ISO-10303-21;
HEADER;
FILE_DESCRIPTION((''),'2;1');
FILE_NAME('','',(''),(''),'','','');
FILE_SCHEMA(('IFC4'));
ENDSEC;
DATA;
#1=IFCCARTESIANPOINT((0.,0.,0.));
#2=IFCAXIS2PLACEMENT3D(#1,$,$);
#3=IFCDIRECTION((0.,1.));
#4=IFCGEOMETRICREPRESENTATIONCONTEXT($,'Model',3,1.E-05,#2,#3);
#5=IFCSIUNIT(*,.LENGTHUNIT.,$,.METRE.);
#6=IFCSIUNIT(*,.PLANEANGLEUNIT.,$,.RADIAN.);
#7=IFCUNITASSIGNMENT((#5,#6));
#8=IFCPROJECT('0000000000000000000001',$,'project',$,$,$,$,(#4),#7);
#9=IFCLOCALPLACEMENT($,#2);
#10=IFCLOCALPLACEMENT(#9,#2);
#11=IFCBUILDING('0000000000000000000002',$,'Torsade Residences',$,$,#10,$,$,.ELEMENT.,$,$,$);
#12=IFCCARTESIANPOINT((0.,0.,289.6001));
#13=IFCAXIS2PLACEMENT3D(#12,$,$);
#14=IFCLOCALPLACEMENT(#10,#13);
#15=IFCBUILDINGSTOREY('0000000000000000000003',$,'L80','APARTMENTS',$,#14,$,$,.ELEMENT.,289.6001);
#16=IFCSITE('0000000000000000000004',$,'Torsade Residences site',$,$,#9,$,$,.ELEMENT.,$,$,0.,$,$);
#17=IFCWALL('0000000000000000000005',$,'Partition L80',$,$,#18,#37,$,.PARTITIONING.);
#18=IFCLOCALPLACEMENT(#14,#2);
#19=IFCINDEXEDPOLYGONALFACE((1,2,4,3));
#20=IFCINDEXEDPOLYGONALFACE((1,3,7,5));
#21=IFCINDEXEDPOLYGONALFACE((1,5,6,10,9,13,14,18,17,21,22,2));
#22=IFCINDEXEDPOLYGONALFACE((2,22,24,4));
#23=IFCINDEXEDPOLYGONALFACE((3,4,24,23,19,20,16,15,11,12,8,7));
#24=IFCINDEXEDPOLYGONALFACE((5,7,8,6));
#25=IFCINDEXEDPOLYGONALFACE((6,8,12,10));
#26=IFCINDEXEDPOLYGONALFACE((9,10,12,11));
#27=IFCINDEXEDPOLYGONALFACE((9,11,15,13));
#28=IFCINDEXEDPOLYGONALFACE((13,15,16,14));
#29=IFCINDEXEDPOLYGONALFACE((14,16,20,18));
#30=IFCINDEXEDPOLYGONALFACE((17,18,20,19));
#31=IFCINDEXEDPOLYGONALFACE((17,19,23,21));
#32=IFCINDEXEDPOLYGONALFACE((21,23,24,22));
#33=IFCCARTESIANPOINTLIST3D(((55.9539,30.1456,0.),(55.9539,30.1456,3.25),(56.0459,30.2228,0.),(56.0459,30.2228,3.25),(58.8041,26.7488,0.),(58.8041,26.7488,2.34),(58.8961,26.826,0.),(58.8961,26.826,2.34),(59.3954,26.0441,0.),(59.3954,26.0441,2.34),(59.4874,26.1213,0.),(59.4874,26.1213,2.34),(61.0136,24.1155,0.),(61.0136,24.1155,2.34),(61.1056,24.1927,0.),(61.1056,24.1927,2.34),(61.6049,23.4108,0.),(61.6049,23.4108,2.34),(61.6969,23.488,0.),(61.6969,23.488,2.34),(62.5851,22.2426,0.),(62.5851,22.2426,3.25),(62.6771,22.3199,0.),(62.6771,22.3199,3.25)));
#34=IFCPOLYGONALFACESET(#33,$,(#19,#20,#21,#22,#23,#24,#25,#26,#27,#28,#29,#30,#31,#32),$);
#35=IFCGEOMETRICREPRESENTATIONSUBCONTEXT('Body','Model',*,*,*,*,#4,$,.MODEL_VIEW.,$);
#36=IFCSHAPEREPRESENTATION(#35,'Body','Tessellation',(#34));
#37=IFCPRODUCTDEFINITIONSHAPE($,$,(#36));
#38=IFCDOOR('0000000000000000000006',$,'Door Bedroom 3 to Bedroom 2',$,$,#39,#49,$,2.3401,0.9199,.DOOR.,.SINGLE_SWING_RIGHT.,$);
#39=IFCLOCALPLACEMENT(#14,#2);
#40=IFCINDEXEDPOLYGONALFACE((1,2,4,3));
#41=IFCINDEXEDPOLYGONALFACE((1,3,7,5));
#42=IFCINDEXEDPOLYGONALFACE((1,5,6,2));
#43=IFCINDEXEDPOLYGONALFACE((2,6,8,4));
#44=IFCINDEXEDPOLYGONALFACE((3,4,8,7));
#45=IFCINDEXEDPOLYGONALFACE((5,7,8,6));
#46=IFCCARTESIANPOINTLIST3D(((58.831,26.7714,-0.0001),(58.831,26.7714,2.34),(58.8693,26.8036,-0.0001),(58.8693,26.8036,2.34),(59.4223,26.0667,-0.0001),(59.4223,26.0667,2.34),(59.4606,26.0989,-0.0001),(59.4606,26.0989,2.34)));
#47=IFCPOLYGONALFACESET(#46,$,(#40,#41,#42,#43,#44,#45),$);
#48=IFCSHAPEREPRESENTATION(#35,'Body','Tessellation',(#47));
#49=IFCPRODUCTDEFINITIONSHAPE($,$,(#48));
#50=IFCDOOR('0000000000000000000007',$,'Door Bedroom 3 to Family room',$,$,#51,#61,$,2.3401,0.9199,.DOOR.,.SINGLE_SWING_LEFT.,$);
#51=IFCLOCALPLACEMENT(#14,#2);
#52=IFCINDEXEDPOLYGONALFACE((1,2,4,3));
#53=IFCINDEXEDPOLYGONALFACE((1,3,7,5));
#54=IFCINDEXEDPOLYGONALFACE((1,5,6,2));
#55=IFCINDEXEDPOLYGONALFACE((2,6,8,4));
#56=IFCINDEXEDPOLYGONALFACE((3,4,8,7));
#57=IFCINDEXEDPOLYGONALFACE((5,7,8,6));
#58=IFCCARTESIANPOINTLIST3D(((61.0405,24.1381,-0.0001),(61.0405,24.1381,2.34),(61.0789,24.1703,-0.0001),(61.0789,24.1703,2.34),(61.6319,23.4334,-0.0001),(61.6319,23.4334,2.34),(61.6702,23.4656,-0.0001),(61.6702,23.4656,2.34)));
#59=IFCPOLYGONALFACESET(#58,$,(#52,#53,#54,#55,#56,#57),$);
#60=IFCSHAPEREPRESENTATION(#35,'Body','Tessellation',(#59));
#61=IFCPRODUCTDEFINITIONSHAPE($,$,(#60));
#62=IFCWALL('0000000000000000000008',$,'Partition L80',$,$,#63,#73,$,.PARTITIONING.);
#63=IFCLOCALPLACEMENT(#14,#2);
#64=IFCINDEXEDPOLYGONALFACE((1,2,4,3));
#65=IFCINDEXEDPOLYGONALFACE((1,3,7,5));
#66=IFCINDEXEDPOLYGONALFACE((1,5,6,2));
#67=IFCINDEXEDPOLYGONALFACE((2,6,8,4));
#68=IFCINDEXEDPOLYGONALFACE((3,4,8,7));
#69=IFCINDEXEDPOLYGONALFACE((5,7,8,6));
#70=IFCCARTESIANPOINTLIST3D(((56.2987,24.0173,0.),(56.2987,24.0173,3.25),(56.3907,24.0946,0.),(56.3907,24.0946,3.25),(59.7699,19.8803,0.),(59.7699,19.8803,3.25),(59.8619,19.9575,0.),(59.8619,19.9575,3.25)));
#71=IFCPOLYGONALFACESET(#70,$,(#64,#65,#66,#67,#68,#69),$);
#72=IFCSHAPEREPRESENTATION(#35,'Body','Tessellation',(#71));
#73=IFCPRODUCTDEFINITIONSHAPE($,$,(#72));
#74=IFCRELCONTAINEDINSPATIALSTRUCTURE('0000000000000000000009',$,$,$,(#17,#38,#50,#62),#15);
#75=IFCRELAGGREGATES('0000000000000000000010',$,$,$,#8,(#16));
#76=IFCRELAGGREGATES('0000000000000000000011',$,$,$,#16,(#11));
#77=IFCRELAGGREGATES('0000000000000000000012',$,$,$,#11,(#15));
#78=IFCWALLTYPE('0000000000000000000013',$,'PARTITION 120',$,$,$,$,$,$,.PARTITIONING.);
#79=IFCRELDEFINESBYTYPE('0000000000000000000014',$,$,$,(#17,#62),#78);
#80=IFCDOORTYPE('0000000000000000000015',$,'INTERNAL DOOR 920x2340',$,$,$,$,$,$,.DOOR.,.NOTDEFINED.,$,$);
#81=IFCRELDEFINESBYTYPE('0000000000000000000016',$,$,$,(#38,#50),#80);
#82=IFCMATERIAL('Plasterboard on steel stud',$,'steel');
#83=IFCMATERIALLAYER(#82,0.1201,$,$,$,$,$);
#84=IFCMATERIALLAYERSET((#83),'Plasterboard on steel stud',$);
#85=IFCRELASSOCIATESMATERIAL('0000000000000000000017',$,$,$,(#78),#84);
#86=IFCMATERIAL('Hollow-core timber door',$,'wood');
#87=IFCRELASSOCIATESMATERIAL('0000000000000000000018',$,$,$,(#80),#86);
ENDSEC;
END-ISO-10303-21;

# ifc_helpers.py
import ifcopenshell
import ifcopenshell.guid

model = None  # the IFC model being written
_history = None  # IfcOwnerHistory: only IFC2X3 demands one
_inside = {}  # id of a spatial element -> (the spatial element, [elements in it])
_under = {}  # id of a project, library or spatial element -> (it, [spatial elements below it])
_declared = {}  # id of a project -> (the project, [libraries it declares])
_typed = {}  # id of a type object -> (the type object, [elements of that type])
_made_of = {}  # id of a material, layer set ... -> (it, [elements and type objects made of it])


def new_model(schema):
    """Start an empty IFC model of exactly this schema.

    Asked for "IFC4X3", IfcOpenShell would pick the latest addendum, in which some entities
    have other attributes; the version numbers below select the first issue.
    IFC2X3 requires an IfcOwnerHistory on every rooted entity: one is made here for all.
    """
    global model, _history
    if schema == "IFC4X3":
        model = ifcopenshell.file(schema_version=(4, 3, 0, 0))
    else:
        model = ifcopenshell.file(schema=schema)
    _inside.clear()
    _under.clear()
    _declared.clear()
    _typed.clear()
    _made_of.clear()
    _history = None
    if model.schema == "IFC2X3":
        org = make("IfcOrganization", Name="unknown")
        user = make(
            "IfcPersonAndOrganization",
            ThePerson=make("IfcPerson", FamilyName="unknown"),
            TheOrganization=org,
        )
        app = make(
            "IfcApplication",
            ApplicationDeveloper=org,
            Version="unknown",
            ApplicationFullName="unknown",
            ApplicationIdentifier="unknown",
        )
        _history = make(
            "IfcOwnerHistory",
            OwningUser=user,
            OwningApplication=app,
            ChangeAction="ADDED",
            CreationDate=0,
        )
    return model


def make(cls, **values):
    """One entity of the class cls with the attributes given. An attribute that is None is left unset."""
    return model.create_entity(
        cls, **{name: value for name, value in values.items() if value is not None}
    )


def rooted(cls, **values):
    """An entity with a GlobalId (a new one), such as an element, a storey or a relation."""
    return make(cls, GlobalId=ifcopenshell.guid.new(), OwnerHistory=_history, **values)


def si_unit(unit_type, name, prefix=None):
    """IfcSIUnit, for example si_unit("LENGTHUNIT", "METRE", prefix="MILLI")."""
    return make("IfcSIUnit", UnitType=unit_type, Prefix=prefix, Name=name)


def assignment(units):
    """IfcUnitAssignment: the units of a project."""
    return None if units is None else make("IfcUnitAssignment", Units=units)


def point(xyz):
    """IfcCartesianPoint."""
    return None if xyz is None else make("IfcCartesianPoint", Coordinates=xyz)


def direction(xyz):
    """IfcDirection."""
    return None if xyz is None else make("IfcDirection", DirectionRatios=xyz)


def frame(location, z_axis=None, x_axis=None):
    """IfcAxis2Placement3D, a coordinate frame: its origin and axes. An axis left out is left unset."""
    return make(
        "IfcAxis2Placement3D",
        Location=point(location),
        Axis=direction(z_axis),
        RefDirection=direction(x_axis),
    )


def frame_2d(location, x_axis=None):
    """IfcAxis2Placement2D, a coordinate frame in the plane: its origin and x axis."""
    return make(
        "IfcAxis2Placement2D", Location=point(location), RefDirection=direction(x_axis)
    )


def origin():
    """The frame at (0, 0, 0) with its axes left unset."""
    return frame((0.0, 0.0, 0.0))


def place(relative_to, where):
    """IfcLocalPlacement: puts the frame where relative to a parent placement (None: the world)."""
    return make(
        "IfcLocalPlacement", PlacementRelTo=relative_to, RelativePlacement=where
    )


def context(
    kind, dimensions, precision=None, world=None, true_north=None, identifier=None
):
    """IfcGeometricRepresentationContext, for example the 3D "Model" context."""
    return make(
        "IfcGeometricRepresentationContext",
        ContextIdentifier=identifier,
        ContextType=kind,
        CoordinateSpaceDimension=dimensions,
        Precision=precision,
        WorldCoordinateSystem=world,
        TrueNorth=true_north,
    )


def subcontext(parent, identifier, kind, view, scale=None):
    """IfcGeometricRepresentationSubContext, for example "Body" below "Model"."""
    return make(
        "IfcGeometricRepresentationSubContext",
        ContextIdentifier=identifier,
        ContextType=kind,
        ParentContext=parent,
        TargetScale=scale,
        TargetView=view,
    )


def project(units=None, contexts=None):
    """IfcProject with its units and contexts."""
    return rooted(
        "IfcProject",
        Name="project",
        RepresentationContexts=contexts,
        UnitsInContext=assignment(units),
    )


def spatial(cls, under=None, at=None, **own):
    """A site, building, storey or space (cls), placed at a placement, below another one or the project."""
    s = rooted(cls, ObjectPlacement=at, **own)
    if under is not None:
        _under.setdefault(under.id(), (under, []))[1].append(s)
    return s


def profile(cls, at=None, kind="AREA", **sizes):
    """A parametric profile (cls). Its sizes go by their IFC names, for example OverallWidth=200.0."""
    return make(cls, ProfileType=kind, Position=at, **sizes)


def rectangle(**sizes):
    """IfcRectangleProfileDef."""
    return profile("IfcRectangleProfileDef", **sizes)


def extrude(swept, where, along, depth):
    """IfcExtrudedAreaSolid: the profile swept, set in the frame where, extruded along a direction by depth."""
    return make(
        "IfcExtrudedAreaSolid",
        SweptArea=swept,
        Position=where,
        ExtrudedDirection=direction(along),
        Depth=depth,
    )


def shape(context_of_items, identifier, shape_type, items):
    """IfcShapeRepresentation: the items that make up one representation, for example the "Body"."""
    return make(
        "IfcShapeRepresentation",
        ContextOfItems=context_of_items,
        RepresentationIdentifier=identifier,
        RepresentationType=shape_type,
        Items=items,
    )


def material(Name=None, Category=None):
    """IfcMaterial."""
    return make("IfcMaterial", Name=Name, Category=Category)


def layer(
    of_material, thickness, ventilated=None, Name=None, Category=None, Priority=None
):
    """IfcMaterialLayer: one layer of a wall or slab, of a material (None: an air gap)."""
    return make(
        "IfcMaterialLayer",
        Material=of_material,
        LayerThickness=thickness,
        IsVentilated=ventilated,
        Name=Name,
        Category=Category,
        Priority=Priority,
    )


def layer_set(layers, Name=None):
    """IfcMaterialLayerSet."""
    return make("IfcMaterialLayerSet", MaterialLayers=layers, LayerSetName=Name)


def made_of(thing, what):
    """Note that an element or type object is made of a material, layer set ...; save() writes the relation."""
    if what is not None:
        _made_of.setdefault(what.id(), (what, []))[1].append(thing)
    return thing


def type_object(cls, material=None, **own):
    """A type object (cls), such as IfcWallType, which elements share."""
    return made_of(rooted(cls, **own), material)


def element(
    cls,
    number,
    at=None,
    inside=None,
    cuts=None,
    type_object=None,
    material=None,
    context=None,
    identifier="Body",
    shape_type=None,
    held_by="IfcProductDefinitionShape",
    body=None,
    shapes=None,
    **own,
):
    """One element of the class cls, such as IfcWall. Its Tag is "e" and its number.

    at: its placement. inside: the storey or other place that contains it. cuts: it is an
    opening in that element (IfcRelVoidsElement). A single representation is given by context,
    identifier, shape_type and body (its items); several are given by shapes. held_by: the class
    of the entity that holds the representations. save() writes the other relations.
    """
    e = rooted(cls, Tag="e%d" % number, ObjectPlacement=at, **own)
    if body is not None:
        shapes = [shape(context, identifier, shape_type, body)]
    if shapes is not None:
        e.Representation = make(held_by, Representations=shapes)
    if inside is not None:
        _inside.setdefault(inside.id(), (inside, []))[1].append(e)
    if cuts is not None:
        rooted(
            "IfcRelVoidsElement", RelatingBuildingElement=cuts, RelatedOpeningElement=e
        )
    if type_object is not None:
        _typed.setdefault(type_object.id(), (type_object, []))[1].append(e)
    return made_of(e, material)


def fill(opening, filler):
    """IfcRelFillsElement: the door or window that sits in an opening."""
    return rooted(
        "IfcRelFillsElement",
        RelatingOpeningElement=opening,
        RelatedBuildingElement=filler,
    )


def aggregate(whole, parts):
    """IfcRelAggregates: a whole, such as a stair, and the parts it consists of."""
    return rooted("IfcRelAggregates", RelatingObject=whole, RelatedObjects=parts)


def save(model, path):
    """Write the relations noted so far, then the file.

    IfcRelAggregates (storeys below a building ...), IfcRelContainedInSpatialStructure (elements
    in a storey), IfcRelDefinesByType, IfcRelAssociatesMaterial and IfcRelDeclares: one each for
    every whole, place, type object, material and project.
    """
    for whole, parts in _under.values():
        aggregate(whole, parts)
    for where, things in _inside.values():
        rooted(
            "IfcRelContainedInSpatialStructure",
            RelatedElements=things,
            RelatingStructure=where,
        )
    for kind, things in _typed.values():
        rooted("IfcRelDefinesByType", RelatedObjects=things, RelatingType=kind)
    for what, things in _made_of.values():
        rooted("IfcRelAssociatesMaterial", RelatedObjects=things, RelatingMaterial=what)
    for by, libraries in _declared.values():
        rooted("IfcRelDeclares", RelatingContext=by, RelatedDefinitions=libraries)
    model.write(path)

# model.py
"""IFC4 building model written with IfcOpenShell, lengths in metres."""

from ifc_helpers import new_model, si_unit, direction, frame, frame_2d, origin, place, context, subcontext, project, spatial, rectangle, extrude, material, layer, layer_set, type_object, element, fill, save


model = new_model("IFC4")

# Units and contexts
model_context = context("Model", 3, precision=1e-05, world=origin(), true_north=direction((0.0, 1.0)))
body_context = subcontext(model_context, "Body", "Model", "MODEL_VIEW")
ifc_project = project(units=[si_unit("LENGTHUNIT", "METRE"), si_unit("PLANEANGLEUNIT", "RADIAN")], contexts=[model_context])

# Site, building, storey
site_placement = place(None, origin())
site = spatial("IfcSite", under=ifc_project, at=site_placement, Name="Torsade Residences site", CompositionType="ELEMENT", RefElevation=0.0)
building_placement = place(site_placement, origin())
building = spatial("IfcBuilding", under=site, at=building_placement, Name="Torsade Residences", CompositionType="ELEMENT")
storey_placement = place(building_placement, frame((0.0, 0.0, 289.6001)))
storey = spatial("IfcBuildingStorey", under=building, at=storey_placement, Name="L80", Description="APARTMENTS", CompositionType="ELEMENT", Elevation=289.6001)

# Wall, openings, doors
ifc_material_1 = material(Name="Plasterboard on steel stud", Category="steel")
ifc_layer_1 = layer(ifc_material_1, 0.1201)
ifc_layer_set_1 = layer_set([ifc_layer_1], Name="Plasterboard on steel stud")
wall_type_1 = type_object("IfcWallType", Name="PARTITION 120", PredefinedType="PARTITIONING", material=ifc_layer_set_1)
wall_1_placement = place(storey_placement, frame((62.6311, 22.2812, 0.0), z_axis=(0.0, 0.0, 1.0), x_axis=(-0.642779, 0.766052, 0.0)))
wall_1 = element("IfcWall", 1, at=wall_1_placement, inside=storey, type_object=wall_type_1, Name="Partition L80", PredefinedType="PARTITIONING", context=body_context, shape_type="SweptSolid", body=[
    extrude(rectangle(XDim=10.3164, YDim=0.1201, at=frame_2d((5.1582, 0.0))), origin(), (0.0, 0.0, 1.0), 3.25),
])
opening_1_placement = place(wall_1_placement, frame((4.9624, 0.0, 0.0)))
opening_1 = element("IfcOpeningElement", 2, at=opening_1_placement, cuts=wall_1, PredefinedType="OPENING", context=body_context, shape_type="SweptSolid", body=[
    extrude(rectangle(XDim=0.9199, YDim=2.3401, at=frame_2d((0.46, 1.1699))), frame((0.0, 0.0701, 0.0), z_axis=(0.0, -1.0, 0.0), x_axis=(1.0, 0.0, 0.0)), (0.0, 0.0, 1.0), 0.1401),
])
opening_2_placement = place(wall_1_placement, frame((1.5249, 0.0, 0.0)))
opening_2 = element("IfcOpeningElement", 3, at=opening_2_placement, cuts=wall_1, PredefinedType="OPENING", context=body_context, shape_type="SweptSolid", body=[
    extrude(rectangle(XDim=0.9199, YDim=2.3401, at=frame_2d((0.46, 1.1699))), frame((0.0, 0.0701, 0.0), z_axis=(0.0, -1.0, 0.0), x_axis=(1.0, 0.0, 0.0)), (0.0, 0.0, 1.0), 0.1401),
])
ifc_material_2 = material(Name="Hollow-core timber door", Category="wood")
door_type_1 = type_object("IfcDoorType", Name="INTERNAL DOOR 920x2340", OperationType="NOTDEFINED", PredefinedType="DOOR", material=ifc_material_2)
door_1_placement = place(opening_1_placement, origin())
door_1 = element("IfcDoor", 4, at=door_1_placement, inside=storey, type_object=door_type_1, Name="Door Bedroom 3 to Bedroom 2", OperationType="SINGLE_SWING_RIGHT", OverallHeight=2.3401, OverallWidth=0.9199, PredefinedType="DOOR", context=body_context, shape_type="SweptSolid", body=[
    extrude(rectangle(XDim=0.9199, YDim=2.3401, at=frame_2d((0.46, 1.1699))), frame((0.0, 0.0249, 0.0), z_axis=(0.0, -1.0, 0.0), x_axis=(1.0, 0.0, 0.0)), (0.0, 0.0, 1.0), 0.05),
])
fill(opening_1, door_1)
door_2_placement = place(opening_2_placement, origin())
door_2 = element("IfcDoor", 5, at=door_2_placement, inside=storey, type_object=door_type_1, Name="Door Bedroom 3 to Family room", OperationType="SINGLE_SWING_LEFT", OverallHeight=2.3401, OverallWidth=0.9199, PredefinedType="DOOR", context=body_context, shape_type="SweptSolid", body=[
    extrude(rectangle(XDim=0.9199, YDim=2.3401, at=frame_2d((0.46, 1.1699))), frame((0.0, 0.0249, 0.0), z_axis=(0.0, -1.0, 0.0), x_axis=(1.0, 0.0, 0.0)), (0.0, 0.0, 1.0), 0.05),
])
fill(opening_2, door_2)

# Wall
wall_2_placement = place(storey_placement, frame((59.8159, 19.9189, 0.0), z_axis=(0.0, 0.0, 1.0), x_axis=(-0.642773, 0.766057, 0.0)))
element("IfcWall", 6, at=wall_2_placement, inside=storey, type_object=wall_type_1, Name="Partition L80", PredefinedType="PARTITIONING", context=body_context, shape_type="SweptSolid", body=[
    extrude(rectangle(XDim=5.4004, YDim=0.1201, at=frame_2d((2.7002, 0.0))), origin(), (0.0, 0.0, 1.0), 3.25),
])

save(model, "model.ifc")
